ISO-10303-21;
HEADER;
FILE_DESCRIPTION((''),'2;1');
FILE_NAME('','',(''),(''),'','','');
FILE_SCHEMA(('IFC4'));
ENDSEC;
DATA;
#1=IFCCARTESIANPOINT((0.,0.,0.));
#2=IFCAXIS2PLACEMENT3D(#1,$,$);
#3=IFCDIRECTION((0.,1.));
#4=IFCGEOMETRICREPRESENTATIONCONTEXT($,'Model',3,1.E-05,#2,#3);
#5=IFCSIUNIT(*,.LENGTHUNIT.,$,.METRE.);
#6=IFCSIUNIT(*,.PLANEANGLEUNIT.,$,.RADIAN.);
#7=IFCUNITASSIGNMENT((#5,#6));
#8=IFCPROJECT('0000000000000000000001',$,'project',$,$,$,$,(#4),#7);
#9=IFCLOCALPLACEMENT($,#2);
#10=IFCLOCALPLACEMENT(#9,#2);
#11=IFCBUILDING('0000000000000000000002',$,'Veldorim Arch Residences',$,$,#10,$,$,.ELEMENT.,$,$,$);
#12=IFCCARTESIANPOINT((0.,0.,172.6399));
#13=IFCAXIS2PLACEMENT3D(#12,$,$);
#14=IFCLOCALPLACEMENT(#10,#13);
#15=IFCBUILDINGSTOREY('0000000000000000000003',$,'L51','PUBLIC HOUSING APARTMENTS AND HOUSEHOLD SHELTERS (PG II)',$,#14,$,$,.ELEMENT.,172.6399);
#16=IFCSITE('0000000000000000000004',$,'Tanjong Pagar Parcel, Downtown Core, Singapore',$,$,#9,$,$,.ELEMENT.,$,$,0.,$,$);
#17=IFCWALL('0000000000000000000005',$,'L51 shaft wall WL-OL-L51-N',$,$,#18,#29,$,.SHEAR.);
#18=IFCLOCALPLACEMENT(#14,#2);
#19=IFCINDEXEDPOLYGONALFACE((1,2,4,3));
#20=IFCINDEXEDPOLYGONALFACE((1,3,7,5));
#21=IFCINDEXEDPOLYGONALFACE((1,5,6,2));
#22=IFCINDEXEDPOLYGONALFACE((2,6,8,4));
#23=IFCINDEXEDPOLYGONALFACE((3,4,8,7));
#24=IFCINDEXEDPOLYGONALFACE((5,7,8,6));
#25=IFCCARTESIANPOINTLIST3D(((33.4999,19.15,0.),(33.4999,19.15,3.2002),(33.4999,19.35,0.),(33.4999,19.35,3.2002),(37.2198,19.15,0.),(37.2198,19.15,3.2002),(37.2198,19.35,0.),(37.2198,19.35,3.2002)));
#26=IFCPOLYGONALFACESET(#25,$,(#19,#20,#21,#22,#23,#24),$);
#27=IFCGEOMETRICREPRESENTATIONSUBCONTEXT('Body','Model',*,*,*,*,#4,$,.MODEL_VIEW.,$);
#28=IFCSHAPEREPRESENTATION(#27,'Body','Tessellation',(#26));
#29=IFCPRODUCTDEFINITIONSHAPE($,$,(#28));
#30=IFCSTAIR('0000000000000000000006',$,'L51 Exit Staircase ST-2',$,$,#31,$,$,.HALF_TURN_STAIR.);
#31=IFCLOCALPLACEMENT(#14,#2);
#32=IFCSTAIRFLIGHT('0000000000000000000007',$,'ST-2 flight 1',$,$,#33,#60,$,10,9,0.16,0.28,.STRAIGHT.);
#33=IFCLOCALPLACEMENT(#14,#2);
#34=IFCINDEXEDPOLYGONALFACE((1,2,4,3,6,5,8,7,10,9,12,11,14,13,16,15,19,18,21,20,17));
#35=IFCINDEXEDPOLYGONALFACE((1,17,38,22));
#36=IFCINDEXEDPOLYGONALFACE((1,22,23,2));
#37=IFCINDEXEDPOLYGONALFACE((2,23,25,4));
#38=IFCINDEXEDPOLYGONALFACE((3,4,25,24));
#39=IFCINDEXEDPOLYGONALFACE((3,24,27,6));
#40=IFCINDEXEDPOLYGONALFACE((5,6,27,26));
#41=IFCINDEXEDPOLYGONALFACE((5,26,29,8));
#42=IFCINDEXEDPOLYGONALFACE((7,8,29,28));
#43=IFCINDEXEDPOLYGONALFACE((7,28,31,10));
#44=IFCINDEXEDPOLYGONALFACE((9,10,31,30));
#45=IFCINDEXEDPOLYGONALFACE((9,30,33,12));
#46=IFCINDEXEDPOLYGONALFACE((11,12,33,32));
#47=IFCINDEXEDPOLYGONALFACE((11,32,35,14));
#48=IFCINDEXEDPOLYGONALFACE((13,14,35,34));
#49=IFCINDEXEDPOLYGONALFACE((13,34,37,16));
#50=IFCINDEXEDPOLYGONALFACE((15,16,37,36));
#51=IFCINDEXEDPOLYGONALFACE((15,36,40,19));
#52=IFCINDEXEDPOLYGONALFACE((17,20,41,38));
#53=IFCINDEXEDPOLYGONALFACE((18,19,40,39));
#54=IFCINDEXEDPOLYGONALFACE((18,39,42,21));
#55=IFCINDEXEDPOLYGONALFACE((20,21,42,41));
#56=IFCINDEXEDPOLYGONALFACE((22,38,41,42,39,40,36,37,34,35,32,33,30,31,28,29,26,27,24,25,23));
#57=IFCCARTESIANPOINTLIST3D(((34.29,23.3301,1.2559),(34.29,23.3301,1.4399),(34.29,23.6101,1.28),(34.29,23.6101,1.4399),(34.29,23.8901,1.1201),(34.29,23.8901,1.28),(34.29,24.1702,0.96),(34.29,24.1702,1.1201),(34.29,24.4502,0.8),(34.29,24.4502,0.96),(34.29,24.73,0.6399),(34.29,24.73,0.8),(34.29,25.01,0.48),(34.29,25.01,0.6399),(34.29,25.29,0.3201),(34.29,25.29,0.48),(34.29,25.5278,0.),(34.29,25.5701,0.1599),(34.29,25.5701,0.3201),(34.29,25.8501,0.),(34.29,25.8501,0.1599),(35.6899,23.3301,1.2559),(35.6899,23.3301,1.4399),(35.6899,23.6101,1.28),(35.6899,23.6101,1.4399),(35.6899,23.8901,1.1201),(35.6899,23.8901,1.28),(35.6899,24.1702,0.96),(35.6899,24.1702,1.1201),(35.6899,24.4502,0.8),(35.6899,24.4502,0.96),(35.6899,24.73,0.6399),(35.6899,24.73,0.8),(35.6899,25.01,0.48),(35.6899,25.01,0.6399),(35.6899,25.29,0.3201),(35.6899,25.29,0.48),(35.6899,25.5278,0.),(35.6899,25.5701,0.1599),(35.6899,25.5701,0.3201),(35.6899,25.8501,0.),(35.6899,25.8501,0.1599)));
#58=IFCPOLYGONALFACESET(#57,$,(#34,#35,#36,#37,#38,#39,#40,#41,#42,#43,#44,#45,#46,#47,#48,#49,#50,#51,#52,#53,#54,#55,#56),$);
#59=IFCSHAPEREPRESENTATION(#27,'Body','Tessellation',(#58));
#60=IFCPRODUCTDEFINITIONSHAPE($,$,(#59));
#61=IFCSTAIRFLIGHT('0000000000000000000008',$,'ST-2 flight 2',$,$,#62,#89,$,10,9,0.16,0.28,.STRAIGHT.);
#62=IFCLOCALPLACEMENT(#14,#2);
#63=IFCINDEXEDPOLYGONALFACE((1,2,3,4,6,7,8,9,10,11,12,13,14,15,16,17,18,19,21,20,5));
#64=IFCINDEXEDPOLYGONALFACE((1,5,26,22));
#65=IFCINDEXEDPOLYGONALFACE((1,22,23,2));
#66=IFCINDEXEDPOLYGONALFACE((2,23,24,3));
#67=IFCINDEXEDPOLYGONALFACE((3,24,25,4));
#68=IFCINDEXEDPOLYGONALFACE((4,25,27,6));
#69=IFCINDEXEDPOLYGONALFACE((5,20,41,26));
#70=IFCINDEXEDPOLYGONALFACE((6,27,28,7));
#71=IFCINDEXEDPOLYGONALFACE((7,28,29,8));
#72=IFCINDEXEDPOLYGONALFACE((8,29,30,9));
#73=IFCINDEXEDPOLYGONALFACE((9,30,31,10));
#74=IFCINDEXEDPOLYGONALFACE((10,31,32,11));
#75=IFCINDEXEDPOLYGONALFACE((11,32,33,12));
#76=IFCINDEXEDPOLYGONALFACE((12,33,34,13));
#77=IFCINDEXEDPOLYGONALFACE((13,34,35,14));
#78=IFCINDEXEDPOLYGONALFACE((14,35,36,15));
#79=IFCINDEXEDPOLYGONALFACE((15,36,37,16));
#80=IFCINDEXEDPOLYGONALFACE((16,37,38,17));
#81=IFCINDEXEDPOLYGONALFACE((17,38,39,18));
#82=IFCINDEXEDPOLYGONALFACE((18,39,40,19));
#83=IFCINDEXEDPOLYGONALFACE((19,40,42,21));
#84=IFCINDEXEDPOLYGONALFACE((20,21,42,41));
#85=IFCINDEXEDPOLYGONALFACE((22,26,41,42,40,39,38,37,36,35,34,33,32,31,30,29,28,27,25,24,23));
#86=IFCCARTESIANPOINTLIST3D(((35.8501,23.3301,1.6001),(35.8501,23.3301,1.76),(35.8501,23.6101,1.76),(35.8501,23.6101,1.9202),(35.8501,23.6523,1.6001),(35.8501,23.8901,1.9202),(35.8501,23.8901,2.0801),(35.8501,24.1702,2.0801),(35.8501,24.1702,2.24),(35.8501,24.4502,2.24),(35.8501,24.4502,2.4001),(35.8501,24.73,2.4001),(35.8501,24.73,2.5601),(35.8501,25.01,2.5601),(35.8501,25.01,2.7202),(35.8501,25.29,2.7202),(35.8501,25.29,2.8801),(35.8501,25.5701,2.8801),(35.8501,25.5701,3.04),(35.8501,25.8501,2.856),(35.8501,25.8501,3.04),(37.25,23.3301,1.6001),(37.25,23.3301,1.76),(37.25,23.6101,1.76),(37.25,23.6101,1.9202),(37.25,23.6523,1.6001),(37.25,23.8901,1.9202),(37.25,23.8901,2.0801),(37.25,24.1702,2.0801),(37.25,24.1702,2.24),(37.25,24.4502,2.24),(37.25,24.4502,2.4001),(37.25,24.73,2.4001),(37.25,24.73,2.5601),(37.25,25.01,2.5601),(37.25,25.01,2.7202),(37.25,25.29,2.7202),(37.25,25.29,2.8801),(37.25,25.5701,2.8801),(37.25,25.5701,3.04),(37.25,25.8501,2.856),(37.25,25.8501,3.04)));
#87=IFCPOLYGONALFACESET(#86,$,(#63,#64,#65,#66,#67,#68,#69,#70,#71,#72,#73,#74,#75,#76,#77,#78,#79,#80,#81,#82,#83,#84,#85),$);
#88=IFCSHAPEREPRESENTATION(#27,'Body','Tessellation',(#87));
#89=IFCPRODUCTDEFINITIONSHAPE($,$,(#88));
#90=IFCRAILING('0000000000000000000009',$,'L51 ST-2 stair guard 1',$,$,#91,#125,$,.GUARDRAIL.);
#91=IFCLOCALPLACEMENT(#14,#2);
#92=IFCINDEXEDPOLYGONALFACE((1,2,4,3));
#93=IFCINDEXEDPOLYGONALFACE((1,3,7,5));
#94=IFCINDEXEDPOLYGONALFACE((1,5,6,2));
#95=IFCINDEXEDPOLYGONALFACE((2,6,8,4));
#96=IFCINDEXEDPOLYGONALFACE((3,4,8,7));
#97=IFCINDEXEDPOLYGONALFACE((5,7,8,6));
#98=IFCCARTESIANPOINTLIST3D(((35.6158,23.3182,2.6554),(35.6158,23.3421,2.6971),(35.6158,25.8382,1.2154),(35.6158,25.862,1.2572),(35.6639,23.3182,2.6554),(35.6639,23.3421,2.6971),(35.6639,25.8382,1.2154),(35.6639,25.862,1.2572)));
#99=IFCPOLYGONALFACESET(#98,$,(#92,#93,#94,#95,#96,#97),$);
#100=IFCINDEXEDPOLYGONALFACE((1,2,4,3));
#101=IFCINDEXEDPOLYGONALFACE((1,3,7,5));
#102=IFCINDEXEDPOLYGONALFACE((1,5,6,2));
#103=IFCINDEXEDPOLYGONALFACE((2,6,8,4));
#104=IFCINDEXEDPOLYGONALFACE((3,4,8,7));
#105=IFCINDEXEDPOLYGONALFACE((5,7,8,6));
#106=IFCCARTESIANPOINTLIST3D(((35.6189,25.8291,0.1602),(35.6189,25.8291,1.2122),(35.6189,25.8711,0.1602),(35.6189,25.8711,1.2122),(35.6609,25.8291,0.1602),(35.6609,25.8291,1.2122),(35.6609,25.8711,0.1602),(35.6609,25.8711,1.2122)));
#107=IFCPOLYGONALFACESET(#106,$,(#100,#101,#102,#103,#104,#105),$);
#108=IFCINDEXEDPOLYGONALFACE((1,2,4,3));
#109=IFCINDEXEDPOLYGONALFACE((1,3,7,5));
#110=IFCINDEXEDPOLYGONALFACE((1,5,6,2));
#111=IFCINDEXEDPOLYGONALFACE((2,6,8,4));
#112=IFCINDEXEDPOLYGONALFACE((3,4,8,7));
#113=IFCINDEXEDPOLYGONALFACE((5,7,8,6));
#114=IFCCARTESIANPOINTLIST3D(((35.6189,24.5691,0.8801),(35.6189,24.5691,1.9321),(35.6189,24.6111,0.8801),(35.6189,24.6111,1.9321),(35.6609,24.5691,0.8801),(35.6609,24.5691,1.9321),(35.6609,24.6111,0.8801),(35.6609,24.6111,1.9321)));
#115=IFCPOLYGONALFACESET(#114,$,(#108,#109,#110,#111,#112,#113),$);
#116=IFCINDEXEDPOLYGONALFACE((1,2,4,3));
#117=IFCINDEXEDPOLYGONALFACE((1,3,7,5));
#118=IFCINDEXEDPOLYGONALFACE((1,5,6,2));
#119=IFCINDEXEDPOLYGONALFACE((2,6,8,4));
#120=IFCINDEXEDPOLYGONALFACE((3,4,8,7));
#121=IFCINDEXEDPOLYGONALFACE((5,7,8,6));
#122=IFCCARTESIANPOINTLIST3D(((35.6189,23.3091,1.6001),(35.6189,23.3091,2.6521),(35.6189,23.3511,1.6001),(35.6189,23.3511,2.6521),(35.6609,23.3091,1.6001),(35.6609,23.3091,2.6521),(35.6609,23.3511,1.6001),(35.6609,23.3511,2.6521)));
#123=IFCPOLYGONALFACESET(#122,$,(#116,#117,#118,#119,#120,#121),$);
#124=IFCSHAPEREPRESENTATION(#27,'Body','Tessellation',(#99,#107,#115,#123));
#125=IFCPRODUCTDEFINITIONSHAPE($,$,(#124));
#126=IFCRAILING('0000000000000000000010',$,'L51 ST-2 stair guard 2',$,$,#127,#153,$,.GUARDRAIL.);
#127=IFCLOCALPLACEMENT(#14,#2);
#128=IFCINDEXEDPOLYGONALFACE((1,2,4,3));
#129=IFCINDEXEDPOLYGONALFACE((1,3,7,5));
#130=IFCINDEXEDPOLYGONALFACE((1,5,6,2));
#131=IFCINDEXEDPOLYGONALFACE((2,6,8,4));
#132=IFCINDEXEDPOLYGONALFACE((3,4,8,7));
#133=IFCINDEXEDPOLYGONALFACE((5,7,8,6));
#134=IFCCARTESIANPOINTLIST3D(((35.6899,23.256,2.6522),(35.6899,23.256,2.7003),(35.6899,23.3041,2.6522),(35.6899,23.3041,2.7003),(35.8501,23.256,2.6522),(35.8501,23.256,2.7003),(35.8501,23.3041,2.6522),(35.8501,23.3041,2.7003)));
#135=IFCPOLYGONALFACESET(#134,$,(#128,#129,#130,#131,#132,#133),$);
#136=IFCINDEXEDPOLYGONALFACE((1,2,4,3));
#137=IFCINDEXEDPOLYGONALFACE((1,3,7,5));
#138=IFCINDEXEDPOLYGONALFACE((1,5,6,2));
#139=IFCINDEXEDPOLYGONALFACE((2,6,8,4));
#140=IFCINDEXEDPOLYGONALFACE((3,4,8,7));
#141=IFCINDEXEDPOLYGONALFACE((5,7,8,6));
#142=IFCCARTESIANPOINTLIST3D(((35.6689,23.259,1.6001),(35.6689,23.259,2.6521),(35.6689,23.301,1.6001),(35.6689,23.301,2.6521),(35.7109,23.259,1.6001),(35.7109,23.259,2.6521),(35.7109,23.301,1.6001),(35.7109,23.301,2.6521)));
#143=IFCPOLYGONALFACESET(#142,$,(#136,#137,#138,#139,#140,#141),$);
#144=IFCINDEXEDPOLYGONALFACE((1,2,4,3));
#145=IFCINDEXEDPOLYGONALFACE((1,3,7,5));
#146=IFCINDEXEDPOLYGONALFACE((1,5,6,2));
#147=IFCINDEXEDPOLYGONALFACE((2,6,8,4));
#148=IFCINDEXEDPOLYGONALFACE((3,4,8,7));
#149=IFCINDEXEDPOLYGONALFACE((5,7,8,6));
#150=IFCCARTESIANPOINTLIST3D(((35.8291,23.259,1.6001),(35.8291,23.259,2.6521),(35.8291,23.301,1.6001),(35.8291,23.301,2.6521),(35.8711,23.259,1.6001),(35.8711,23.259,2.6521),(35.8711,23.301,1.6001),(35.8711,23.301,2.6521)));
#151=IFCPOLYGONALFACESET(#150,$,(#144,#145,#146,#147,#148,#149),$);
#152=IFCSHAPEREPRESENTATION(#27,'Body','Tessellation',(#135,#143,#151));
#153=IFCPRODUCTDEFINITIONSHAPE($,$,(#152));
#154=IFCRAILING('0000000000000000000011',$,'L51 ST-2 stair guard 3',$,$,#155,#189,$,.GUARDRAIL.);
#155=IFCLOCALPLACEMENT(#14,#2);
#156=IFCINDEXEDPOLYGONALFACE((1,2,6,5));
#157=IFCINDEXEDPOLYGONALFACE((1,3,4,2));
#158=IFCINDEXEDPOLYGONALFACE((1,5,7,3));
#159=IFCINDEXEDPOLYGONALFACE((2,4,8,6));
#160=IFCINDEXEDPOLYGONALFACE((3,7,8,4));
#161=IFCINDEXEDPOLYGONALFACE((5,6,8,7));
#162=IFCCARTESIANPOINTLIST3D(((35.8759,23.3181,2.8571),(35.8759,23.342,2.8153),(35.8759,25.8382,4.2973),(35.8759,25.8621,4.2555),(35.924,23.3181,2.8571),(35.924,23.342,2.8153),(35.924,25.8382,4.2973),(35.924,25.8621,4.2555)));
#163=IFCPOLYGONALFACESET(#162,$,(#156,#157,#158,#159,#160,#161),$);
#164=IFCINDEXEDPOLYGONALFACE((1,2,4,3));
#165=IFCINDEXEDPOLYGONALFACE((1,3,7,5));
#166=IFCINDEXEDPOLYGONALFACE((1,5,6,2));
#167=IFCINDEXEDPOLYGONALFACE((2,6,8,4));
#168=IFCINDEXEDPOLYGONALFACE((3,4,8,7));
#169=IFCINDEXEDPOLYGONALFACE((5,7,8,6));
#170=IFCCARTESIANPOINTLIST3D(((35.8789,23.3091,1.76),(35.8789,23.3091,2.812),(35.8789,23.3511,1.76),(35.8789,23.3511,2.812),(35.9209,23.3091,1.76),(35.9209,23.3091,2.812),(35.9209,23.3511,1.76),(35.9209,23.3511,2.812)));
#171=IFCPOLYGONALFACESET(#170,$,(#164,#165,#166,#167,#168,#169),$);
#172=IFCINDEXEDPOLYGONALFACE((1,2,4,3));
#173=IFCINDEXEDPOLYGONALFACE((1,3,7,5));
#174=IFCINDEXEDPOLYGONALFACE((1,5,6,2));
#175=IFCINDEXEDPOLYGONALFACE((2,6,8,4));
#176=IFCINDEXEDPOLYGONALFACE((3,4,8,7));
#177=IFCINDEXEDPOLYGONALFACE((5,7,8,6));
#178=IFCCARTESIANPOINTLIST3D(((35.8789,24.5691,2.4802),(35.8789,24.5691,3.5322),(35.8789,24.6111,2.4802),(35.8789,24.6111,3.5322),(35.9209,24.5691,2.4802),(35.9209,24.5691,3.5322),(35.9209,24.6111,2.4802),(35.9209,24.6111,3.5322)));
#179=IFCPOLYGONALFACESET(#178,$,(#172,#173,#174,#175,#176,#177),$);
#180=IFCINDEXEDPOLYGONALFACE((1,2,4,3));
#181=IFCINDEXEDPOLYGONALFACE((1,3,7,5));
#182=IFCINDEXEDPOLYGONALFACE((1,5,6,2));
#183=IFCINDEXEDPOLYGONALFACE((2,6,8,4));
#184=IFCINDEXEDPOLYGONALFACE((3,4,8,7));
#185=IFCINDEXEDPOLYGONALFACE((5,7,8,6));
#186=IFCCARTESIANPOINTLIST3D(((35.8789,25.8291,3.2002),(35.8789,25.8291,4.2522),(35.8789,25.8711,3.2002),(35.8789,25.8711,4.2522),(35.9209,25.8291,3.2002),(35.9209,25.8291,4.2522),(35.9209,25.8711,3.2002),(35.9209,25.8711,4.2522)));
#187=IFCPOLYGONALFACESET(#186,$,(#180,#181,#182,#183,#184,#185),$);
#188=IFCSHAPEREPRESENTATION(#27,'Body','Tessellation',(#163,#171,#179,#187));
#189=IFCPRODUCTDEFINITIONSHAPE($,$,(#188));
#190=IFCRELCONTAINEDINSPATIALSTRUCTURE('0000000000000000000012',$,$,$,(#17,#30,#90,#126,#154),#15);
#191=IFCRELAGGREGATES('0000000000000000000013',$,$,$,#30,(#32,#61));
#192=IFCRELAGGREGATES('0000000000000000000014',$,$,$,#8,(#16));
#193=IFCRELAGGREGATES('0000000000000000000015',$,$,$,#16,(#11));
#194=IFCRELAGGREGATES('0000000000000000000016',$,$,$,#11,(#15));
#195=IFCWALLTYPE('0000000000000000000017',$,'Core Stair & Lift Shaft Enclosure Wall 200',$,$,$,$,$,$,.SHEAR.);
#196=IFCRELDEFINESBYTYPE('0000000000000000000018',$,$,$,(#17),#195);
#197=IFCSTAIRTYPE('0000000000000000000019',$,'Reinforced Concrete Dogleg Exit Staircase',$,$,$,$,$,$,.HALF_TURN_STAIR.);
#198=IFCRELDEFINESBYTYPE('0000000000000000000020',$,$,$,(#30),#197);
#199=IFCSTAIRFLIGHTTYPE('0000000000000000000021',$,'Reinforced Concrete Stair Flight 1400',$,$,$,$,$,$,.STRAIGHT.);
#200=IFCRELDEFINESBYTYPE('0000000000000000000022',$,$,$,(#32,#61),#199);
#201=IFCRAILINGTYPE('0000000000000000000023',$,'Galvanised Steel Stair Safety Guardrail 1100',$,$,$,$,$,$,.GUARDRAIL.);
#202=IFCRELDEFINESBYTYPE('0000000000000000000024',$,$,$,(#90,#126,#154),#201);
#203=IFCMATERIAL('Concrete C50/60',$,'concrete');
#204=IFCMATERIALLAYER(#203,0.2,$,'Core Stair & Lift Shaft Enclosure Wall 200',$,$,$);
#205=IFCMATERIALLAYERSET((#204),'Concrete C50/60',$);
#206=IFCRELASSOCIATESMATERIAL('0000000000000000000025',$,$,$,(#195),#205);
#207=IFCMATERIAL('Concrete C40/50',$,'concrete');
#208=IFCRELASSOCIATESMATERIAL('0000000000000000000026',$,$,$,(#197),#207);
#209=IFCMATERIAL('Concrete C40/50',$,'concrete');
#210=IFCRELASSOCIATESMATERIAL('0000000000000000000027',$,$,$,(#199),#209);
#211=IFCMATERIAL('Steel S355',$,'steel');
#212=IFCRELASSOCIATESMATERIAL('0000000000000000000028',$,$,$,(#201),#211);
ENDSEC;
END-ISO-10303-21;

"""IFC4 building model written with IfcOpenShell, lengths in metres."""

from ifc_helpers import new_model, si_unit, direction, frame, frame_2d, origin, origin_2d, place, context, subcontext, project, spatial, polyline, rectangle, outline, extrude, material, layer, layer_set, type_object, element, aggregate, save


model = new_model("IFC4")

# Units and contexts
model_context = context("Model", 3, precision=1e-05, world=origin(), true_north=direction((0.0, 1.0)))
body_context = subcontext(model_context, "Body", "Model", "MODEL_VIEW")
ifc_project = project(units=[si_unit("LENGTHUNIT", "METRE"), si_unit("PLANEANGLEUNIT", "RADIAN")], contexts=[model_context])

# Site, building, storey
site_placement = place(None, origin())
site = spatial("IfcSite", under=ifc_project, at=site_placement, Name="Tanjong Pagar Parcel, Downtown Core, Singapore", CompositionType="ELEMENT", RefElevation=0.0)
building_placement = place(site_placement, origin())
building = spatial("IfcBuilding", under=site, at=building_placement, Name="Veldorim Arch Residences", CompositionType="ELEMENT")
storey_placement = place(building_placement, frame((0.0, 0.0, 172.6399)))
storey = spatial("IfcBuildingStorey", under=building, at=storey_placement, Name="L51", Description="PUBLIC HOUSING APARTMENTS AND HOUSEHOLD SHELTERS (PG II)", CompositionType="ELEMENT", Elevation=172.6399)

# Wall
ifc_material_1 = material(Name="Concrete C50/60", Category="concrete")
ifc_layer = layer(ifc_material_1, 0.2, Name="Core Stair & Lift Shaft Enclosure Wall 200")
ifc_layer_set = layer_set([ifc_layer], Name="Concrete C50/60")
wall_type = type_object("IfcWallType", Name="Core Stair & Lift Shaft Enclosure Wall 200", PredefinedType="SHEAR", material=ifc_layer_set)
wall_1_placement = place(storey_placement, frame((33.5, 19.25, 0.0), z_axis=(0.0, 0.0, 1.0), x_axis=(1.0, 0.0, 0.0)))
element("IfcWall", 1, at=wall_1_placement, inside=storey, type_object=wall_type, Name="L51 shaft wall WL-OL-L51-N", PredefinedType="SHEAR", context=body_context, shape_type="SweptSolid", body=[
    extrude(rectangle(XDim=3.72, YDim=0.2, at=frame_2d((1.8599, 0.0))), origin(), (0.0, 0.0, 1.0), 3.2002),
])

# Stair, stair flights
ifc_material_2 = material(Name="Concrete C40/50", Category="concrete")
stair_type = type_object("IfcStairType", Name="Reinforced Concrete Dogleg Exit Staircase", PredefinedType="HALF_TURN_STAIR", material=ifc_material_2)
stair_placement = place(storey_placement, origin())
stair = element("IfcStair", 2, at=stair_placement, inside=storey, type_object=stair_type, Name="L51 Exit Staircase ST-2", PredefinedType="HALF_TURN_STAIR")
ifc_material_3 = material(Name="Concrete C40/50", Category="concrete")
stair_flight_type = type_object("IfcStairFlightType", Name="Reinforced Concrete Stair Flight 1400", PredefinedType="STRAIGHT", material=ifc_material_3)
stair_flight_1_placement = place(storey_placement, frame((34.99, 25.8501, 0.0), z_axis=(0.0, 0.0, 1.0), x_axis=(0.0, -1.0, 0.0)))
stair_flight_1 = element("IfcStairFlight", 3, at=stair_flight_1_placement, type_object=stair_flight_type, Name="ST-2 flight 1", NumberOfRisers=10, NumberOfTreads=9, PredefinedType="STRAIGHT", RiserHeight=0.16, TreadLength=0.28, context=body_context, shape_type="SweptSolid", body=[
    extrude(outline(polyline([(0.0, 0.0), (0.0, 0.1599), (0.28, 0.1599), (0.28, 0.3201), (0.5601, 0.3201), (0.5601, 0.48), (0.8401, 0.48), (0.8401, 0.6399), (1.1201, 0.6399), (1.1201, 0.8), (1.3999, 0.8), (1.3999, 0.96), (1.6799, 0.96), (1.6799, 1.1201), (1.96, 1.1201), (1.96, 1.28), (2.24, 1.28), (2.24, 1.4399), (2.52, 1.4399), (2.52, 1.6001), (2.52, 1.2559), (0.3223, 0.0), (0.0, 0.0)])), frame((0.0, 0.7, 0.0), z_axis=(0.0, -1.0, 0.0), x_axis=(1.0, 0.0, 0.0)), (0.0, 0.0, 1.0), 1.3999),
])
stair_flight_2_placement = place(storey_placement, frame((36.55, 23.3301, 1.6001), z_axis=(0.0, 0.0, 1.0), x_axis=(0.0, 1.0, 0.0)))
stair_flight_2 = element("IfcStairFlight", 4, at=stair_flight_2_placement, type_object=stair_flight_type, Name="ST-2 flight 2", NumberOfRisers=10, NumberOfTreads=9, PredefinedType="STRAIGHT", RiserHeight=0.16, TreadLength=0.28, context=body_context, shape_type="SweptSolid", body=[
    extrude(outline(polyline([(0.0, 0.0), (0.0, 0.1599), (0.28, 0.1599), (0.28, 0.3201), (0.5601, 0.3201), (0.5601, 0.48), (0.8401, 0.48), (0.8401, 0.6399), (1.1201, 0.6399), (1.1201, 0.8), (1.3999, 0.8), (1.3999, 0.96), (1.6799, 0.96), (1.6799, 1.1201), (1.96, 1.1201), (1.96, 1.28), (2.24, 1.28), (2.24, 1.4399), (2.52, 1.4399), (2.52, 1.6001), (2.52, 1.2559), (0.3223, 0.0), (0.0, 0.0)])), frame((0.0, 0.7, 0.0), z_axis=(0.0, -1.0, 0.0), x_axis=(1.0, 0.0, 0.0)), (0.0, 0.0, 1.0), 1.3999),
])
aggregate(stair, [stair_flight_1, stair_flight_2])

# Railings
ifc_material_4 = material(Name="Steel S355", Category="steel")
railing_type_1 = type_object("IfcRailingType", Name="Galvanised Steel Stair Safety Guardrail 1100", PredefinedType="GUARDRAIL", material=ifc_material_4)
railing_1_placement = place(storey_placement, frame((35.6399, 25.8501, 0.1602)))
element("IfcRailing", 5, at=railing_1_placement, inside=storey, type_object=railing_type_1, Name="L51 ST-2 stair guard 1", PredefinedType="GUARDRAIL", context=body_context, shape_type="SweptSolid", body=[
    extrude(rectangle(XDim=0.0481, YDim=0.0481, at=origin_2d()), frame((0.0, 0.0, 1.0762), z_axis=(0.0, -0.868253, 0.496121), x_axis=(1.0, 0.0, 0.0)), (0.0, 0.0, 1.0), 2.9023),
    extrude(rectangle(XDim=0.042, YDim=0.042, at=origin_2d()), origin(), (0.0, 0.0, 1.0), 1.052),
    extrude(rectangle(XDim=0.042, YDim=0.042, at=origin_2d()), frame((0.0, -1.26, 0.72)), (0.0, 0.0, 1.0), 1.052),
    extrude(rectangle(XDim=0.042, YDim=0.042, at=origin_2d()), frame((0.0, -2.52, 1.4399)), (0.0, 0.0, 1.0), 1.052),
])
railing_2_placement = place(storey_placement, frame((35.6899, 23.28, 1.6001)))
element("IfcRailing", 6, at=railing_2_placement, inside=storey, type_object=railing_type_1, Name="L51 ST-2 stair guard 2", PredefinedType="GUARDRAIL", context=body_context, shape_type="SweptSolid", body=[
    extrude(rectangle(XDim=0.0481, YDim=0.0481, at=origin_2d()), frame((0.0, 0.0, 1.0762), z_axis=(1.0, 0.0, 0.0), x_axis=(0.0, 1.0, 0.0)), (0.0, 0.0, 1.0), 0.1602),
    extrude(rectangle(XDim=0.042, YDim=0.042, at=origin_2d()), origin(), (0.0, 0.0, 1.0), 1.052),
    extrude(rectangle(XDim=0.042, YDim=0.042, at=origin_2d()), frame((0.1602, 0.0, 0.0)), (0.0, 0.0, 1.0), 1.052),
])
railing_3_placement = place(storey_placement, frame((35.8999, 23.3301, 1.76)))
element("IfcRailing", 7, at=railing_3_placement, inside=storey, type_object=railing_type_1, Name="L51 ST-2 stair guard 3", PredefinedType="GUARDRAIL", context=body_context, shape_type="SweptSolid", body=[
    extrude(rectangle(XDim=0.0481, YDim=0.0481, at=origin_2d()), frame((0.0, 0.0, 1.0762), z_axis=(0.0, 0.868217, 0.496184), x_axis=(-1.0, 0.0, 0.0)), (0.0, 0.0, 1.0), 2.9026),
    extrude(rectangle(XDim=0.042, YDim=0.042, at=origin_2d()), origin(), (0.0, 0.0, 1.0), 1.052),
    extrude(rectangle(XDim=0.042, YDim=0.042, at=origin_2d()), frame((0.0, 1.26, 0.7202)), (0.0, 0.0, 1.0), 1.052),
    extrude(rectangle(XDim=0.042, YDim=0.042, at=origin_2d()), frame((0.0, 2.52, 1.4402)), (0.0, 0.0, 1.0), 1.052),
])

save(model, "model.ifc")
